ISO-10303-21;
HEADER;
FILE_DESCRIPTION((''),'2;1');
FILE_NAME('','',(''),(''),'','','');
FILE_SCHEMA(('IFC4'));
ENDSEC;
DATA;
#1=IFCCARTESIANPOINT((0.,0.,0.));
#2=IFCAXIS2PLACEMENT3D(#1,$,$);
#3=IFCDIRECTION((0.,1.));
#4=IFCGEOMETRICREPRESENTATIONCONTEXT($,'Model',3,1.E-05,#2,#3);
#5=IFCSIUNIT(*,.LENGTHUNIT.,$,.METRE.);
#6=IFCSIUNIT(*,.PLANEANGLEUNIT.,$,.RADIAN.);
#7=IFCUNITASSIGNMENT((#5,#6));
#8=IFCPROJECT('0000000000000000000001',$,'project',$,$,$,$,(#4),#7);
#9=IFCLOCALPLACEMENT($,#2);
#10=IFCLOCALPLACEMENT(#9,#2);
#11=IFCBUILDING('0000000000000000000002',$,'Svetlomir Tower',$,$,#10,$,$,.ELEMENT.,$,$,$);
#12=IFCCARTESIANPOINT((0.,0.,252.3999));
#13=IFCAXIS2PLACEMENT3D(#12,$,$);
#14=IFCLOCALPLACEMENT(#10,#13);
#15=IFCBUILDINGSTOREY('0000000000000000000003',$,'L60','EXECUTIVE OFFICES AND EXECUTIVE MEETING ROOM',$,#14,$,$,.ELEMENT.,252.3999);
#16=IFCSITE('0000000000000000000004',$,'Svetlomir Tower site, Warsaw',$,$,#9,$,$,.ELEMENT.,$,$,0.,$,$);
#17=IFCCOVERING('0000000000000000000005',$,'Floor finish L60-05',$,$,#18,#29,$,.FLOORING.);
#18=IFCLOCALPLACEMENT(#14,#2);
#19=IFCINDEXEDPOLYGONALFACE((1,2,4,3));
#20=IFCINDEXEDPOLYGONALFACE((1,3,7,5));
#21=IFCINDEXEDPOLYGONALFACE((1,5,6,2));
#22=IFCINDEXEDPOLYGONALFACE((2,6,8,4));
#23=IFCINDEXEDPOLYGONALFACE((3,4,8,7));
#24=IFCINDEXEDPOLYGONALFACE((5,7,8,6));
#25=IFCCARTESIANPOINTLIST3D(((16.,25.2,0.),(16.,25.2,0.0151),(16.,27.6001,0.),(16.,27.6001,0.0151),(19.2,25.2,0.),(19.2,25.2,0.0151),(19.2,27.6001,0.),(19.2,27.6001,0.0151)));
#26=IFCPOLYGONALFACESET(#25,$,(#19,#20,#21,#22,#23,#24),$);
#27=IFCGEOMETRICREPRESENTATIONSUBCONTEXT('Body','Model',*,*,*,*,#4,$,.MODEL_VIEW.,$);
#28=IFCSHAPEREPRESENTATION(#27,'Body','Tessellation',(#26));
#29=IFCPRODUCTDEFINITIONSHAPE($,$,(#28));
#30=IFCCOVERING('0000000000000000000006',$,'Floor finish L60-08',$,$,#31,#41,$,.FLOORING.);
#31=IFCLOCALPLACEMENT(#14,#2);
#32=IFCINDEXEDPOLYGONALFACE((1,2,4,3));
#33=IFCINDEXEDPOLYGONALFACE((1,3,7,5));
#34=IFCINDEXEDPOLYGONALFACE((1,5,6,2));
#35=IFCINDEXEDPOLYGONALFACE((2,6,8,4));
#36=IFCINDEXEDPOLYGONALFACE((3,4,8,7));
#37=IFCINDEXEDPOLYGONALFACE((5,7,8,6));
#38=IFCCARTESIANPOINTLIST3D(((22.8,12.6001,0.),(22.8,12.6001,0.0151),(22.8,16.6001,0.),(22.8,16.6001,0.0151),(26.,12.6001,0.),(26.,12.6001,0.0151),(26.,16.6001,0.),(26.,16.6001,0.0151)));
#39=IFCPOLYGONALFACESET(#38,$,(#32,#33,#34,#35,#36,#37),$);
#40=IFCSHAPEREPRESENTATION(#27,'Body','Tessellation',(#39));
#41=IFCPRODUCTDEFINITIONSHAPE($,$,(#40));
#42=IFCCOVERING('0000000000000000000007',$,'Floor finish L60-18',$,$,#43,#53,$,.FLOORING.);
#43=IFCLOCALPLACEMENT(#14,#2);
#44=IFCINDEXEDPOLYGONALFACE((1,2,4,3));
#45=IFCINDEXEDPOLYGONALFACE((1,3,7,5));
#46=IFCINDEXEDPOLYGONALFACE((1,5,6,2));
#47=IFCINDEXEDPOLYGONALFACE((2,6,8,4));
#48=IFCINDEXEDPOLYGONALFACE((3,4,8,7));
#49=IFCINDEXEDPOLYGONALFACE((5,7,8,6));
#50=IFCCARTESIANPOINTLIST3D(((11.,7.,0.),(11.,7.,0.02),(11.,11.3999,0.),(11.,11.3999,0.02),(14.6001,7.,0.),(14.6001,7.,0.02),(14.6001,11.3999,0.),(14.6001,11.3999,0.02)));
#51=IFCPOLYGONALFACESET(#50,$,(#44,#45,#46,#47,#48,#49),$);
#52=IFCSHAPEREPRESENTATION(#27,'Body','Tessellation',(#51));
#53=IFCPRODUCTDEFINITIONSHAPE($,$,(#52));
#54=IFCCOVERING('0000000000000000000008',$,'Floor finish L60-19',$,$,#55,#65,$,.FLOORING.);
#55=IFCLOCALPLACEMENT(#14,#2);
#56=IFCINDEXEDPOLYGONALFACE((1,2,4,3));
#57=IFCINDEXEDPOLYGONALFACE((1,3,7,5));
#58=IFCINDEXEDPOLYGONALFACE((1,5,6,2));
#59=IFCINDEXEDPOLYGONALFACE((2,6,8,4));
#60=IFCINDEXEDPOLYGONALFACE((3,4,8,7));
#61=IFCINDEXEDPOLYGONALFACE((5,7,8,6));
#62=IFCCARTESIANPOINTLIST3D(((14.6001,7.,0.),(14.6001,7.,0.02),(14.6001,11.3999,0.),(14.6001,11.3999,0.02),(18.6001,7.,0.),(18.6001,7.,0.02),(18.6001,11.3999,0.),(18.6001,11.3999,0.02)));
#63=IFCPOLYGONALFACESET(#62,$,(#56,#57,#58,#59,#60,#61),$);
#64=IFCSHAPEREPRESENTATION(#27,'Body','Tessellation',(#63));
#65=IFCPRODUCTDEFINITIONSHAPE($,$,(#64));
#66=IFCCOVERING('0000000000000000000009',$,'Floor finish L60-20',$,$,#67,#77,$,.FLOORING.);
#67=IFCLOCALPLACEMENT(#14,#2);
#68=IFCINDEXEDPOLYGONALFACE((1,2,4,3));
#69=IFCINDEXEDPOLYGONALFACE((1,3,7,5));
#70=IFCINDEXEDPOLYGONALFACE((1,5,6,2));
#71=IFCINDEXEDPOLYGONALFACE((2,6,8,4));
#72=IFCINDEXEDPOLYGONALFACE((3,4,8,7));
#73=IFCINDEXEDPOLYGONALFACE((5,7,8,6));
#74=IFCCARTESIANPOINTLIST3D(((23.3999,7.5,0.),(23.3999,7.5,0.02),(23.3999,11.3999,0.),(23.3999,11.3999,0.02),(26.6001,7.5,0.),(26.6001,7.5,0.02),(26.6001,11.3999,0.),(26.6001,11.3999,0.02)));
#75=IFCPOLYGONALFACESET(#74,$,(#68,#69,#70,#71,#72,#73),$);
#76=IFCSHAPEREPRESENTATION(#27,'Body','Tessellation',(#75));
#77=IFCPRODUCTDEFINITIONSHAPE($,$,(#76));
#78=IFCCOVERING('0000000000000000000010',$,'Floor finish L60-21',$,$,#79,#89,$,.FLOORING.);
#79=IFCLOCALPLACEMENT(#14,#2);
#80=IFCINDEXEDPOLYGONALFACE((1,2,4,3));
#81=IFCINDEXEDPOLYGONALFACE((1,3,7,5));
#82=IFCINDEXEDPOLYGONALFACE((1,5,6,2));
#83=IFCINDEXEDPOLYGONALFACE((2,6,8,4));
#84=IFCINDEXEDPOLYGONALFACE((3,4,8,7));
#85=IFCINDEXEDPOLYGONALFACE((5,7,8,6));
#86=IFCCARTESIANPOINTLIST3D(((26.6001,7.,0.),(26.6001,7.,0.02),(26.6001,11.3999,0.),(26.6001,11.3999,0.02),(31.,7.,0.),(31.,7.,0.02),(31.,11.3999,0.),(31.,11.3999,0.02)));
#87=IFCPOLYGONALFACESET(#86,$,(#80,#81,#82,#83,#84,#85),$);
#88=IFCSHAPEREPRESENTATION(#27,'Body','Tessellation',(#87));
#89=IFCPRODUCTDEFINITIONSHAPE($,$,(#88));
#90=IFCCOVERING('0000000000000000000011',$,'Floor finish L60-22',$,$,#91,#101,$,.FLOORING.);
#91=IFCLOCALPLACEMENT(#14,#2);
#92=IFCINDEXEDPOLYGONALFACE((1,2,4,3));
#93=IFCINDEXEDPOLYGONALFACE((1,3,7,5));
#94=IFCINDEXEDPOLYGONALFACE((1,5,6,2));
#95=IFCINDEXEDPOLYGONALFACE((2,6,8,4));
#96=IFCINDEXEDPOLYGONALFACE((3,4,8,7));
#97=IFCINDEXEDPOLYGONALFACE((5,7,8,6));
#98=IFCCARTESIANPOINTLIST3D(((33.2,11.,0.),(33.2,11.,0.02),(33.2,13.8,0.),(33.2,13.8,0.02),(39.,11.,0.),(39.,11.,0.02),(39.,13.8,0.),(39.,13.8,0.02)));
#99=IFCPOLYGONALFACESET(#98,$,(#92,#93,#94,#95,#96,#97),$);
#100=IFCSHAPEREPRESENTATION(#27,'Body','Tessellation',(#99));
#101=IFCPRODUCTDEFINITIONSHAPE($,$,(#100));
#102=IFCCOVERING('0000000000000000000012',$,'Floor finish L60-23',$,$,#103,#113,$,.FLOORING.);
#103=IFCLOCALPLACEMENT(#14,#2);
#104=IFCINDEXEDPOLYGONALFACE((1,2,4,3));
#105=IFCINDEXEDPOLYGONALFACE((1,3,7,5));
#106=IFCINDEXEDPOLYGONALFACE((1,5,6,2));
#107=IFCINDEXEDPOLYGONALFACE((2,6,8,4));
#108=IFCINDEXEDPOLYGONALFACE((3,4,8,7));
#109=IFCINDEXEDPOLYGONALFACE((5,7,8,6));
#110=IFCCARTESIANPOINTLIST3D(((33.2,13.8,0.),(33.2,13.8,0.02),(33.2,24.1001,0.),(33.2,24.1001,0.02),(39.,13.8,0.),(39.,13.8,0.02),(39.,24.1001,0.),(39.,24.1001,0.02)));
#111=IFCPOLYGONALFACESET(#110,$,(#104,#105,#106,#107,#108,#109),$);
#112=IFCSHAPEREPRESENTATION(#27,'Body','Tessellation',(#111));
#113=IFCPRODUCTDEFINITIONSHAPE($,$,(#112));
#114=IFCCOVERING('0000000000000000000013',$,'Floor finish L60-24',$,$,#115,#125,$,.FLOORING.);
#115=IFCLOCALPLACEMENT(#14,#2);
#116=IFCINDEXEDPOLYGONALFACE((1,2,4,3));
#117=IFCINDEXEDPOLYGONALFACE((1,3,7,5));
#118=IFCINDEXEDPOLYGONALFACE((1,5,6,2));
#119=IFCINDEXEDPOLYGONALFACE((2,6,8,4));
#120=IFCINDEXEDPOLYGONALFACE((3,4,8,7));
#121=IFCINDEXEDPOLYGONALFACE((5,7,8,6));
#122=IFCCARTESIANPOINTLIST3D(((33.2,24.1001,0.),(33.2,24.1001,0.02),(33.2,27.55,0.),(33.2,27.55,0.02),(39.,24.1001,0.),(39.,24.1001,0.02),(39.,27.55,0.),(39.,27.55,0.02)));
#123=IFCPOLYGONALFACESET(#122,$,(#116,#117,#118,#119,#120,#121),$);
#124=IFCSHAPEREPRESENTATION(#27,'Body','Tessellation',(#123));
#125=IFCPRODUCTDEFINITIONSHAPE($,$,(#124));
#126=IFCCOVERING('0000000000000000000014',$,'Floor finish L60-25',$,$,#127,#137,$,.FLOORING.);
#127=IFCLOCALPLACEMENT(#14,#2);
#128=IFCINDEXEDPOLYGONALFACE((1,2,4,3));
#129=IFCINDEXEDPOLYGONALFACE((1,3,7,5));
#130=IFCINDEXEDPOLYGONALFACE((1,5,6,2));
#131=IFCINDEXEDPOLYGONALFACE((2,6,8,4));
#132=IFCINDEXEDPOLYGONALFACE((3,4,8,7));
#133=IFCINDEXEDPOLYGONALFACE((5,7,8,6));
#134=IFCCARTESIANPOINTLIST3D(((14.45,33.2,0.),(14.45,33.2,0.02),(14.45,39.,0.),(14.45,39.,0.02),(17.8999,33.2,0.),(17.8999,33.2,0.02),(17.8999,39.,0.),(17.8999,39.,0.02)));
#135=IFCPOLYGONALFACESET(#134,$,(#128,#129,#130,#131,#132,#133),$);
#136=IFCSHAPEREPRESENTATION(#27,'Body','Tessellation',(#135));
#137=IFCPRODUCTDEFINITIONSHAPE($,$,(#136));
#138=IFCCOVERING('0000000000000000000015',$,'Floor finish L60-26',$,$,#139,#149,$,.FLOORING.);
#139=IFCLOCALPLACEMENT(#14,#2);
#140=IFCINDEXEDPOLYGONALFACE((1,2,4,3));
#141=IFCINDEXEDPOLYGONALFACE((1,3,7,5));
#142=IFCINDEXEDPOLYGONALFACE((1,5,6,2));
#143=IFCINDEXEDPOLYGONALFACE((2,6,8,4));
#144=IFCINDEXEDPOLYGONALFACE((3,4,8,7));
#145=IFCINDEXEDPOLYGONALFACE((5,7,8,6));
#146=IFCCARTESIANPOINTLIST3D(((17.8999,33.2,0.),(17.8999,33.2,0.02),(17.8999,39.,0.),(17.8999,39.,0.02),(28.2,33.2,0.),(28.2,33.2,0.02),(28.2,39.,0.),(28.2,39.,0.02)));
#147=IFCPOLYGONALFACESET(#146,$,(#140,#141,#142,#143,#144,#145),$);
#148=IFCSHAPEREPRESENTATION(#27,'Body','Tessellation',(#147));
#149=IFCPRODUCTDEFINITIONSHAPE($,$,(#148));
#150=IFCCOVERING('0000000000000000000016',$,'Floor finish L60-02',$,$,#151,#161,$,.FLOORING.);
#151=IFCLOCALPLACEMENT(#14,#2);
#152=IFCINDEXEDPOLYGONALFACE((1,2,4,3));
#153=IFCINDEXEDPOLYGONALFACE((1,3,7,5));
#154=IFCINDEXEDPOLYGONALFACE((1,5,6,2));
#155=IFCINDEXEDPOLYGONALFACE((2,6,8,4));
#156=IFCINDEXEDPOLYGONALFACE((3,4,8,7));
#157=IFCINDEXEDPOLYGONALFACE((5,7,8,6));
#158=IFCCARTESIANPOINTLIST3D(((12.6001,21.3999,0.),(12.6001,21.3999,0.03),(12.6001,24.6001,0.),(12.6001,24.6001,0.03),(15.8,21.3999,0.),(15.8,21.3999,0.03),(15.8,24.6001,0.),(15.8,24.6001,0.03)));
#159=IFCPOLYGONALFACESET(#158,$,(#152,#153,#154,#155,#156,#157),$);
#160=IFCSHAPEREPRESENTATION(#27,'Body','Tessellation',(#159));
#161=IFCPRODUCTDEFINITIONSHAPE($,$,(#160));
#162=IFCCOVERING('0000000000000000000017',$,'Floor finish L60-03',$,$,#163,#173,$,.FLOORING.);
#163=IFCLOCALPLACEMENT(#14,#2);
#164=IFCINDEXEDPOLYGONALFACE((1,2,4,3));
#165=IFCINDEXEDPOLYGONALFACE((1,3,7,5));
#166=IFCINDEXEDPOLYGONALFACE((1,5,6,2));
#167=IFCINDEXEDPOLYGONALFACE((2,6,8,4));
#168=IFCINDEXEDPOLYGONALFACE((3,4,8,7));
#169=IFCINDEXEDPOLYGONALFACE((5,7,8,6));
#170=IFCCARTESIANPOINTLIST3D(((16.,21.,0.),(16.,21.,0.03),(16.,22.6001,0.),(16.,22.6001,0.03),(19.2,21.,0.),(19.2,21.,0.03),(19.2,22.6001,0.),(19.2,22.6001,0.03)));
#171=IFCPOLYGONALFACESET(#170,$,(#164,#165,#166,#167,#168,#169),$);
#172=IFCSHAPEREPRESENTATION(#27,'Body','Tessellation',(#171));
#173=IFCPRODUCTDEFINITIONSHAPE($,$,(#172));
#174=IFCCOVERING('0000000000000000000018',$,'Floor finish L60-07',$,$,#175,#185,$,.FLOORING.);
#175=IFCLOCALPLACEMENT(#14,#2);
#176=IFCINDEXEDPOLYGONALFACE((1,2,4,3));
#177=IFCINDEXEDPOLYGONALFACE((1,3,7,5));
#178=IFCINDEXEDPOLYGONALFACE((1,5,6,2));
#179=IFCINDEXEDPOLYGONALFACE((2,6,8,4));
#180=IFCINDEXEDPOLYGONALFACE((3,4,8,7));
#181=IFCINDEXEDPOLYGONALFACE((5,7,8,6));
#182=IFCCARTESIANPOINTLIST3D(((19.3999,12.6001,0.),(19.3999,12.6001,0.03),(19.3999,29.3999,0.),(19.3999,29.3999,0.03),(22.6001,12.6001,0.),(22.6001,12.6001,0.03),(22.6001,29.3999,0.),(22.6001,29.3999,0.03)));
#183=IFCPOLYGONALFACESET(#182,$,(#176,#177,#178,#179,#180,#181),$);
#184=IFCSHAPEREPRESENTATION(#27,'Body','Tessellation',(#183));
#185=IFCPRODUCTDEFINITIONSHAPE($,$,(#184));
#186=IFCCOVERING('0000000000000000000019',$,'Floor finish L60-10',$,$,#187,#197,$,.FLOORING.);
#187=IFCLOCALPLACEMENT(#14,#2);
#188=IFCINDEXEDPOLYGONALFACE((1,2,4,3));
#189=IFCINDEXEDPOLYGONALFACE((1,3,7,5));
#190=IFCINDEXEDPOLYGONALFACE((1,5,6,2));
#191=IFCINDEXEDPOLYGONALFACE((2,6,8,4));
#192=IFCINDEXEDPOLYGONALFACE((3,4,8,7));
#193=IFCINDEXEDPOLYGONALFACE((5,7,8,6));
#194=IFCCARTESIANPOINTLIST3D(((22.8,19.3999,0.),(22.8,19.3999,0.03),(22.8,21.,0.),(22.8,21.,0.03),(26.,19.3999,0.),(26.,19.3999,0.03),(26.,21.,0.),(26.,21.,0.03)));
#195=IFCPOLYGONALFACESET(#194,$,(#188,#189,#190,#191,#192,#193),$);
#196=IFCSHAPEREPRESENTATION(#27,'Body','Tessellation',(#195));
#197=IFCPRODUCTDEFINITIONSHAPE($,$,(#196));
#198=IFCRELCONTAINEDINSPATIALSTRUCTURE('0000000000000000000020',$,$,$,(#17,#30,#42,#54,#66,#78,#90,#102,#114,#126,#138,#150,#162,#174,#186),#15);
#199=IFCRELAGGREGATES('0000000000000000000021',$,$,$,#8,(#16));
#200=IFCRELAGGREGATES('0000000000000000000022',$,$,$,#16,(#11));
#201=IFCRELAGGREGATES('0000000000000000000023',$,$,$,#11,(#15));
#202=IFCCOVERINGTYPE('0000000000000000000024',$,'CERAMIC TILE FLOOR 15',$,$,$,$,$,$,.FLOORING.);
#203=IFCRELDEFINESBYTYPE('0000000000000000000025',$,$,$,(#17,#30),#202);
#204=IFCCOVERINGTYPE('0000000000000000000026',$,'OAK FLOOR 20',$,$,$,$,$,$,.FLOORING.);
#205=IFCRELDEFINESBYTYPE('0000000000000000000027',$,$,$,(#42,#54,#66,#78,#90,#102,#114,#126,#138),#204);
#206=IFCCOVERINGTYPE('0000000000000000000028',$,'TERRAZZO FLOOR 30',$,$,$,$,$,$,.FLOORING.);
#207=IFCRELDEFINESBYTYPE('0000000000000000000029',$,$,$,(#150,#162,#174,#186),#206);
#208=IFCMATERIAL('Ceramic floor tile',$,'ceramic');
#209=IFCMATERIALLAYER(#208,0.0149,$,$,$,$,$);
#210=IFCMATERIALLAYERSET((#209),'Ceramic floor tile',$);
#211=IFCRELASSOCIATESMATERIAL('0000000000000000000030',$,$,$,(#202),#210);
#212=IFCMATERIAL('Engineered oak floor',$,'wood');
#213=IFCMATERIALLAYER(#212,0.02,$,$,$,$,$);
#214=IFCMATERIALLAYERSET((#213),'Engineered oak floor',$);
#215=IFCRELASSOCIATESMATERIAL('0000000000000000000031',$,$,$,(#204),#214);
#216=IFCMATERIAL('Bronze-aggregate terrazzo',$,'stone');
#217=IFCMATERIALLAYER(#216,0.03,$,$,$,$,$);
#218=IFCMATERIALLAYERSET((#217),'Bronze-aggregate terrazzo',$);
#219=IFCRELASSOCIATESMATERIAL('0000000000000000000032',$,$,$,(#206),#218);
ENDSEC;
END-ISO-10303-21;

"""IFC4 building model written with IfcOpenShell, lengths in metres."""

from ifc_helpers import new_model, si_unit, direction, frame, origin, place, context, subcontext, project, spatial, polyline, outline, extrude, material, layer, layer_set, type_object, element, save


model = new_model("IFC4")

# Units and contexts
model_context = context("Model", 3, precision=1e-05, world=origin(), true_north=direction((0.0, 1.0)))
body_context = subcontext(model_context, "Body", "Model", "MODEL_VIEW")
ifc_project = project(units=[si_unit("LENGTHUNIT", "METRE"), si_unit("PLANEANGLEUNIT", "RADIAN")], contexts=[model_context])

# Site, building, storey
site_placement = place(None, origin())
site = spatial("IfcSite", under=ifc_project, at=site_placement, Name="Svetlomir Tower site, Warsaw", CompositionType="ELEMENT", RefElevation=0.0)
building_placement = place(site_placement, origin())
building = spatial("IfcBuilding", under=site, at=building_placement, Name="Svetlomir Tower", CompositionType="ELEMENT")
storey_placement = place(building_placement, frame((0.0, 0.0, 252.3999)))
storey = spatial("IfcBuildingStorey", under=building, at=storey_placement, Name="L60", Description="EXECUTIVE OFFICES AND EXECUTIVE MEETING ROOM", CompositionType="ELEMENT", Elevation=252.3999)

# Coverings
ifc_material_1 = material(Name="Ceramic floor tile", Category="ceramic")
ifc_layer_1 = layer(ifc_material_1, 0.0149)
ifc_layer_set_1 = layer_set([ifc_layer_1], Name="Ceramic floor tile")
covering_type_1 = type_object("IfcCoveringType", Name="CERAMIC TILE FLOOR 15", PredefinedType="FLOORING", material=ifc_layer_set_1)
covering_1_placement = place(storey_placement, origin())
element("IfcCovering", 1, at=covering_1_placement, inside=storey, type_object=covering_type_1, Name="Floor finish L60-05", PredefinedType="FLOORING", context=body_context, shape_type="SweptSolid", body=[
    extrude(outline(polyline([(16.0, 25.2), (19.2, 25.2), (19.2, 27.6001), (16.0, 27.6001), (16.0, 25.2)])), origin(), (0.0, 0.0, 1.0), 0.0151),
])
covering_2_placement = place(storey_placement, origin())
element("IfcCovering", 2, at=covering_2_placement, inside=storey, type_object=covering_type_1, Name="Floor finish L60-08", PredefinedType="FLOORING", context=body_context, shape_type="SweptSolid", body=[
    extrude(outline(polyline([(22.8, 12.6001), (26.0, 12.6001), (26.0, 16.6001), (22.8, 16.6001), (22.8, 12.6001)])), origin(), (0.0, 0.0, 1.0), 0.0151),
])
ifc_material_2 = material(Name="Engineered oak floor", Category="wood")
ifc_layer_2 = layer(ifc_material_2, 0.02)
ifc_layer_set_2 = layer_set([ifc_layer_2], Name="Engineered oak floor")
covering_type_2 = type_object("IfcCoveringType", Name="OAK FLOOR 20", PredefinedType="FLOORING", material=ifc_layer_set_2)
covering_3_placement = place(storey_placement, origin())
element("IfcCovering", 3, at=covering_3_placement, inside=storey, type_object=covering_type_2, Name="Floor finish L60-18", PredefinedType="FLOORING", context=body_context, shape_type="SweptSolid", body=[
    extrude(outline(polyline([(11.0, 7.0), (14.6001, 7.0), (14.6001, 11.3999), (11.0, 11.3999), (11.0, 7.0)])), origin(), (0.0, 0.0, 1.0), 0.02),
])
covering_4_placement = place(storey_placement, origin())
element("IfcCovering", 4, at=covering_4_placement, inside=storey, type_object=covering_type_2, Name="Floor finish L60-19", PredefinedType="FLOORING", context=body_context, shape_type="SweptSolid", body=[
    extrude(outline(polyline([(14.6001, 7.0), (18.6001, 7.0), (18.6001, 11.3999), (14.6001, 11.3999), (14.6001, 7.0)])), origin(), (0.0, 0.0, 1.0), 0.02),
])
covering_5_placement = place(storey_placement, origin())
element("IfcCovering", 5, at=covering_5_placement, inside=storey, type_object=covering_type_2, Name="Floor finish L60-20", PredefinedType="FLOORING", context=body_context, shape_type="SweptSolid", body=[
    extrude(outline(polyline([(23.3999, 7.5), (26.6001, 7.5), (26.6001, 11.3999), (23.3999, 11.3999), (23.3999, 7.5)])), origin(), (0.0, 0.0, 1.0), 0.02),
])
covering_6_placement = place(storey_placement, origin())
element("IfcCovering", 6, at=covering_6_placement, inside=storey, type_object=covering_type_2, Name="Floor finish L60-21", PredefinedType="FLOORING", context=body_context, shape_type="SweptSolid", body=[
    extrude(outline(polyline([(26.6001, 7.0), (31.0, 7.0), (31.0, 11.3999), (26.6001, 11.3999), (26.6001, 7.0)])), origin(), (0.0, 0.0, 1.0), 0.02),
])
covering_7_placement = place(storey_placement, origin())
element("IfcCovering", 7, at=covering_7_placement, inside=storey, type_object=covering_type_2, Name="Floor finish L60-22", PredefinedType="FLOORING", context=body_context, shape_type="SweptSolid", body=[
    extrude(outline(polyline([(33.2, 11.0), (39.0, 11.0), (39.0, 13.8), (33.2, 13.8), (33.2, 11.0)])), origin(), (0.0, 0.0, 1.0), 0.02),
])
covering_8_placement = place(storey_placement, origin())
element("IfcCovering", 8, at=covering_8_placement, inside=storey, type_object=covering_type_2, Name="Floor finish L60-23", PredefinedType="FLOORING", context=body_context, shape_type="SweptSolid", body=[
    extrude(outline(polyline([(33.2, 13.8), (39.0, 13.8), (39.0, 24.1001), (33.2, 24.1001), (33.2, 13.8)])), origin(), (0.0, 0.0, 1.0), 0.02),
])
covering_9_placement = place(storey_placement, origin())
element("IfcCovering", 9, at=covering_9_placement, inside=storey, type_object=covering_type_2, Name="Floor finish L60-24", PredefinedType="FLOORING", context=body_context, shape_type="SweptSolid", body=[
    extrude(outline(polyline([(33.2, 24.1001), (39.0, 24.1001), (39.0, 27.55), (33.2, 27.55), (33.2, 24.1001)])), origin(), (0.0, 0.0, 1.0), 0.02),
])
covering_10_placement = place(storey_placement, origin())
element("IfcCovering", 10, at=covering_10_placement, inside=storey, type_object=covering_type_2, Name="Floor finish L60-25", PredefinedType="FLOORING", context=body_context, shape_type="SweptSolid", body=[
    extrude(outline(polyline([(14.45, 33.2), (17.8999, 33.2), (17.8999, 39.0), (14.45, 39.0), (14.45, 33.2)])), origin(), (0.0, 0.0, 1.0), 0.02),
])
covering_11_placement = place(storey_placement, origin())
element("IfcCovering", 11, at=covering_11_placement, inside=storey, type_object=covering_type_2, Name="Floor finish L60-26", PredefinedType="FLOORING", context=body_context, shape_type="SweptSolid", body=[
    extrude(outline(polyline([(17.8999, 33.2), (28.2, 33.2), (28.2, 39.0), (17.8999, 39.0), (17.8999, 33.2)])), origin(), (0.0, 0.0, 1.0), 0.02),
])
ifc_material_3 = material(Name="Bronze-aggregate terrazzo", Category="stone")
ifc_layer_3 = layer(ifc_material_3, 0.03)
ifc_layer_set_3 = layer_set([ifc_layer_3], Name="Bronze-aggregate terrazzo")
covering_type_3 = type_object("IfcCoveringType", Name="TERRAZZO FLOOR 30", PredefinedType="FLOORING", material=ifc_layer_set_3)
covering_12_placement = place(storey_placement, origin())
element("IfcCovering", 12, at=covering_12_placement, inside=storey, type_object=covering_type_3, Name="Floor finish L60-02", PredefinedType="FLOORING", context=body_context, shape_type="SweptSolid", body=[
    extrude(outline(polyline([(12.6001, 21.3999), (15.8, 21.3999), (15.8, 24.6001), (12.6001, 24.6001), (12.6001, 21.3999)])), origin(), (0.0, 0.0, 1.0), 0.03),
])
covering_13_placement = place(storey_placement, origin())
element("IfcCovering", 13, at=covering_13_placement, inside=storey, type_object=covering_type_3, Name="Floor finish L60-03", PredefinedType="FLOORING", context=body_context, shape_type="SweptSolid", body=[
    extrude(outline(polyline([(16.0, 21.0), (19.2, 21.0), (19.2, 22.6001), (16.0, 22.6001), (16.0, 21.0)])), origin(), (0.0, 0.0, 1.0), 0.03),
])
covering_14_placement = place(storey_placement, origin())
element("IfcCovering", 14, at=covering_14_placement, inside=storey, type_object=covering_type_3, Name="Floor finish L60-07", PredefinedType="FLOORING", context=body_context, shape_type="SweptSolid", body=[
    extrude(outline(polyline([(19.3999, 12.6001), (22.6001, 12.6001), (22.6001, 29.3999), (19.3999, 29.3999), (19.3999, 12.6001)])), origin(), (0.0, 0.0, 1.0), 0.03),
])
covering_15_placement = place(storey_placement, origin())
element("IfcCovering", 15, at=covering_15_placement, inside=storey, type_object=covering_type_3, Name="Floor finish L60-10", PredefinedType="FLOORING", context=body_context, shape_type="SweptSolid", body=[
    extrude(outline(polyline([(22.8, 19.3999), (26.0, 19.3999), (26.0, 21.0), (22.8, 21.0), (22.8, 19.3999)])), origin(), (0.0, 0.0, 1.0), 0.03),
])

save(model, "model.ifc")
